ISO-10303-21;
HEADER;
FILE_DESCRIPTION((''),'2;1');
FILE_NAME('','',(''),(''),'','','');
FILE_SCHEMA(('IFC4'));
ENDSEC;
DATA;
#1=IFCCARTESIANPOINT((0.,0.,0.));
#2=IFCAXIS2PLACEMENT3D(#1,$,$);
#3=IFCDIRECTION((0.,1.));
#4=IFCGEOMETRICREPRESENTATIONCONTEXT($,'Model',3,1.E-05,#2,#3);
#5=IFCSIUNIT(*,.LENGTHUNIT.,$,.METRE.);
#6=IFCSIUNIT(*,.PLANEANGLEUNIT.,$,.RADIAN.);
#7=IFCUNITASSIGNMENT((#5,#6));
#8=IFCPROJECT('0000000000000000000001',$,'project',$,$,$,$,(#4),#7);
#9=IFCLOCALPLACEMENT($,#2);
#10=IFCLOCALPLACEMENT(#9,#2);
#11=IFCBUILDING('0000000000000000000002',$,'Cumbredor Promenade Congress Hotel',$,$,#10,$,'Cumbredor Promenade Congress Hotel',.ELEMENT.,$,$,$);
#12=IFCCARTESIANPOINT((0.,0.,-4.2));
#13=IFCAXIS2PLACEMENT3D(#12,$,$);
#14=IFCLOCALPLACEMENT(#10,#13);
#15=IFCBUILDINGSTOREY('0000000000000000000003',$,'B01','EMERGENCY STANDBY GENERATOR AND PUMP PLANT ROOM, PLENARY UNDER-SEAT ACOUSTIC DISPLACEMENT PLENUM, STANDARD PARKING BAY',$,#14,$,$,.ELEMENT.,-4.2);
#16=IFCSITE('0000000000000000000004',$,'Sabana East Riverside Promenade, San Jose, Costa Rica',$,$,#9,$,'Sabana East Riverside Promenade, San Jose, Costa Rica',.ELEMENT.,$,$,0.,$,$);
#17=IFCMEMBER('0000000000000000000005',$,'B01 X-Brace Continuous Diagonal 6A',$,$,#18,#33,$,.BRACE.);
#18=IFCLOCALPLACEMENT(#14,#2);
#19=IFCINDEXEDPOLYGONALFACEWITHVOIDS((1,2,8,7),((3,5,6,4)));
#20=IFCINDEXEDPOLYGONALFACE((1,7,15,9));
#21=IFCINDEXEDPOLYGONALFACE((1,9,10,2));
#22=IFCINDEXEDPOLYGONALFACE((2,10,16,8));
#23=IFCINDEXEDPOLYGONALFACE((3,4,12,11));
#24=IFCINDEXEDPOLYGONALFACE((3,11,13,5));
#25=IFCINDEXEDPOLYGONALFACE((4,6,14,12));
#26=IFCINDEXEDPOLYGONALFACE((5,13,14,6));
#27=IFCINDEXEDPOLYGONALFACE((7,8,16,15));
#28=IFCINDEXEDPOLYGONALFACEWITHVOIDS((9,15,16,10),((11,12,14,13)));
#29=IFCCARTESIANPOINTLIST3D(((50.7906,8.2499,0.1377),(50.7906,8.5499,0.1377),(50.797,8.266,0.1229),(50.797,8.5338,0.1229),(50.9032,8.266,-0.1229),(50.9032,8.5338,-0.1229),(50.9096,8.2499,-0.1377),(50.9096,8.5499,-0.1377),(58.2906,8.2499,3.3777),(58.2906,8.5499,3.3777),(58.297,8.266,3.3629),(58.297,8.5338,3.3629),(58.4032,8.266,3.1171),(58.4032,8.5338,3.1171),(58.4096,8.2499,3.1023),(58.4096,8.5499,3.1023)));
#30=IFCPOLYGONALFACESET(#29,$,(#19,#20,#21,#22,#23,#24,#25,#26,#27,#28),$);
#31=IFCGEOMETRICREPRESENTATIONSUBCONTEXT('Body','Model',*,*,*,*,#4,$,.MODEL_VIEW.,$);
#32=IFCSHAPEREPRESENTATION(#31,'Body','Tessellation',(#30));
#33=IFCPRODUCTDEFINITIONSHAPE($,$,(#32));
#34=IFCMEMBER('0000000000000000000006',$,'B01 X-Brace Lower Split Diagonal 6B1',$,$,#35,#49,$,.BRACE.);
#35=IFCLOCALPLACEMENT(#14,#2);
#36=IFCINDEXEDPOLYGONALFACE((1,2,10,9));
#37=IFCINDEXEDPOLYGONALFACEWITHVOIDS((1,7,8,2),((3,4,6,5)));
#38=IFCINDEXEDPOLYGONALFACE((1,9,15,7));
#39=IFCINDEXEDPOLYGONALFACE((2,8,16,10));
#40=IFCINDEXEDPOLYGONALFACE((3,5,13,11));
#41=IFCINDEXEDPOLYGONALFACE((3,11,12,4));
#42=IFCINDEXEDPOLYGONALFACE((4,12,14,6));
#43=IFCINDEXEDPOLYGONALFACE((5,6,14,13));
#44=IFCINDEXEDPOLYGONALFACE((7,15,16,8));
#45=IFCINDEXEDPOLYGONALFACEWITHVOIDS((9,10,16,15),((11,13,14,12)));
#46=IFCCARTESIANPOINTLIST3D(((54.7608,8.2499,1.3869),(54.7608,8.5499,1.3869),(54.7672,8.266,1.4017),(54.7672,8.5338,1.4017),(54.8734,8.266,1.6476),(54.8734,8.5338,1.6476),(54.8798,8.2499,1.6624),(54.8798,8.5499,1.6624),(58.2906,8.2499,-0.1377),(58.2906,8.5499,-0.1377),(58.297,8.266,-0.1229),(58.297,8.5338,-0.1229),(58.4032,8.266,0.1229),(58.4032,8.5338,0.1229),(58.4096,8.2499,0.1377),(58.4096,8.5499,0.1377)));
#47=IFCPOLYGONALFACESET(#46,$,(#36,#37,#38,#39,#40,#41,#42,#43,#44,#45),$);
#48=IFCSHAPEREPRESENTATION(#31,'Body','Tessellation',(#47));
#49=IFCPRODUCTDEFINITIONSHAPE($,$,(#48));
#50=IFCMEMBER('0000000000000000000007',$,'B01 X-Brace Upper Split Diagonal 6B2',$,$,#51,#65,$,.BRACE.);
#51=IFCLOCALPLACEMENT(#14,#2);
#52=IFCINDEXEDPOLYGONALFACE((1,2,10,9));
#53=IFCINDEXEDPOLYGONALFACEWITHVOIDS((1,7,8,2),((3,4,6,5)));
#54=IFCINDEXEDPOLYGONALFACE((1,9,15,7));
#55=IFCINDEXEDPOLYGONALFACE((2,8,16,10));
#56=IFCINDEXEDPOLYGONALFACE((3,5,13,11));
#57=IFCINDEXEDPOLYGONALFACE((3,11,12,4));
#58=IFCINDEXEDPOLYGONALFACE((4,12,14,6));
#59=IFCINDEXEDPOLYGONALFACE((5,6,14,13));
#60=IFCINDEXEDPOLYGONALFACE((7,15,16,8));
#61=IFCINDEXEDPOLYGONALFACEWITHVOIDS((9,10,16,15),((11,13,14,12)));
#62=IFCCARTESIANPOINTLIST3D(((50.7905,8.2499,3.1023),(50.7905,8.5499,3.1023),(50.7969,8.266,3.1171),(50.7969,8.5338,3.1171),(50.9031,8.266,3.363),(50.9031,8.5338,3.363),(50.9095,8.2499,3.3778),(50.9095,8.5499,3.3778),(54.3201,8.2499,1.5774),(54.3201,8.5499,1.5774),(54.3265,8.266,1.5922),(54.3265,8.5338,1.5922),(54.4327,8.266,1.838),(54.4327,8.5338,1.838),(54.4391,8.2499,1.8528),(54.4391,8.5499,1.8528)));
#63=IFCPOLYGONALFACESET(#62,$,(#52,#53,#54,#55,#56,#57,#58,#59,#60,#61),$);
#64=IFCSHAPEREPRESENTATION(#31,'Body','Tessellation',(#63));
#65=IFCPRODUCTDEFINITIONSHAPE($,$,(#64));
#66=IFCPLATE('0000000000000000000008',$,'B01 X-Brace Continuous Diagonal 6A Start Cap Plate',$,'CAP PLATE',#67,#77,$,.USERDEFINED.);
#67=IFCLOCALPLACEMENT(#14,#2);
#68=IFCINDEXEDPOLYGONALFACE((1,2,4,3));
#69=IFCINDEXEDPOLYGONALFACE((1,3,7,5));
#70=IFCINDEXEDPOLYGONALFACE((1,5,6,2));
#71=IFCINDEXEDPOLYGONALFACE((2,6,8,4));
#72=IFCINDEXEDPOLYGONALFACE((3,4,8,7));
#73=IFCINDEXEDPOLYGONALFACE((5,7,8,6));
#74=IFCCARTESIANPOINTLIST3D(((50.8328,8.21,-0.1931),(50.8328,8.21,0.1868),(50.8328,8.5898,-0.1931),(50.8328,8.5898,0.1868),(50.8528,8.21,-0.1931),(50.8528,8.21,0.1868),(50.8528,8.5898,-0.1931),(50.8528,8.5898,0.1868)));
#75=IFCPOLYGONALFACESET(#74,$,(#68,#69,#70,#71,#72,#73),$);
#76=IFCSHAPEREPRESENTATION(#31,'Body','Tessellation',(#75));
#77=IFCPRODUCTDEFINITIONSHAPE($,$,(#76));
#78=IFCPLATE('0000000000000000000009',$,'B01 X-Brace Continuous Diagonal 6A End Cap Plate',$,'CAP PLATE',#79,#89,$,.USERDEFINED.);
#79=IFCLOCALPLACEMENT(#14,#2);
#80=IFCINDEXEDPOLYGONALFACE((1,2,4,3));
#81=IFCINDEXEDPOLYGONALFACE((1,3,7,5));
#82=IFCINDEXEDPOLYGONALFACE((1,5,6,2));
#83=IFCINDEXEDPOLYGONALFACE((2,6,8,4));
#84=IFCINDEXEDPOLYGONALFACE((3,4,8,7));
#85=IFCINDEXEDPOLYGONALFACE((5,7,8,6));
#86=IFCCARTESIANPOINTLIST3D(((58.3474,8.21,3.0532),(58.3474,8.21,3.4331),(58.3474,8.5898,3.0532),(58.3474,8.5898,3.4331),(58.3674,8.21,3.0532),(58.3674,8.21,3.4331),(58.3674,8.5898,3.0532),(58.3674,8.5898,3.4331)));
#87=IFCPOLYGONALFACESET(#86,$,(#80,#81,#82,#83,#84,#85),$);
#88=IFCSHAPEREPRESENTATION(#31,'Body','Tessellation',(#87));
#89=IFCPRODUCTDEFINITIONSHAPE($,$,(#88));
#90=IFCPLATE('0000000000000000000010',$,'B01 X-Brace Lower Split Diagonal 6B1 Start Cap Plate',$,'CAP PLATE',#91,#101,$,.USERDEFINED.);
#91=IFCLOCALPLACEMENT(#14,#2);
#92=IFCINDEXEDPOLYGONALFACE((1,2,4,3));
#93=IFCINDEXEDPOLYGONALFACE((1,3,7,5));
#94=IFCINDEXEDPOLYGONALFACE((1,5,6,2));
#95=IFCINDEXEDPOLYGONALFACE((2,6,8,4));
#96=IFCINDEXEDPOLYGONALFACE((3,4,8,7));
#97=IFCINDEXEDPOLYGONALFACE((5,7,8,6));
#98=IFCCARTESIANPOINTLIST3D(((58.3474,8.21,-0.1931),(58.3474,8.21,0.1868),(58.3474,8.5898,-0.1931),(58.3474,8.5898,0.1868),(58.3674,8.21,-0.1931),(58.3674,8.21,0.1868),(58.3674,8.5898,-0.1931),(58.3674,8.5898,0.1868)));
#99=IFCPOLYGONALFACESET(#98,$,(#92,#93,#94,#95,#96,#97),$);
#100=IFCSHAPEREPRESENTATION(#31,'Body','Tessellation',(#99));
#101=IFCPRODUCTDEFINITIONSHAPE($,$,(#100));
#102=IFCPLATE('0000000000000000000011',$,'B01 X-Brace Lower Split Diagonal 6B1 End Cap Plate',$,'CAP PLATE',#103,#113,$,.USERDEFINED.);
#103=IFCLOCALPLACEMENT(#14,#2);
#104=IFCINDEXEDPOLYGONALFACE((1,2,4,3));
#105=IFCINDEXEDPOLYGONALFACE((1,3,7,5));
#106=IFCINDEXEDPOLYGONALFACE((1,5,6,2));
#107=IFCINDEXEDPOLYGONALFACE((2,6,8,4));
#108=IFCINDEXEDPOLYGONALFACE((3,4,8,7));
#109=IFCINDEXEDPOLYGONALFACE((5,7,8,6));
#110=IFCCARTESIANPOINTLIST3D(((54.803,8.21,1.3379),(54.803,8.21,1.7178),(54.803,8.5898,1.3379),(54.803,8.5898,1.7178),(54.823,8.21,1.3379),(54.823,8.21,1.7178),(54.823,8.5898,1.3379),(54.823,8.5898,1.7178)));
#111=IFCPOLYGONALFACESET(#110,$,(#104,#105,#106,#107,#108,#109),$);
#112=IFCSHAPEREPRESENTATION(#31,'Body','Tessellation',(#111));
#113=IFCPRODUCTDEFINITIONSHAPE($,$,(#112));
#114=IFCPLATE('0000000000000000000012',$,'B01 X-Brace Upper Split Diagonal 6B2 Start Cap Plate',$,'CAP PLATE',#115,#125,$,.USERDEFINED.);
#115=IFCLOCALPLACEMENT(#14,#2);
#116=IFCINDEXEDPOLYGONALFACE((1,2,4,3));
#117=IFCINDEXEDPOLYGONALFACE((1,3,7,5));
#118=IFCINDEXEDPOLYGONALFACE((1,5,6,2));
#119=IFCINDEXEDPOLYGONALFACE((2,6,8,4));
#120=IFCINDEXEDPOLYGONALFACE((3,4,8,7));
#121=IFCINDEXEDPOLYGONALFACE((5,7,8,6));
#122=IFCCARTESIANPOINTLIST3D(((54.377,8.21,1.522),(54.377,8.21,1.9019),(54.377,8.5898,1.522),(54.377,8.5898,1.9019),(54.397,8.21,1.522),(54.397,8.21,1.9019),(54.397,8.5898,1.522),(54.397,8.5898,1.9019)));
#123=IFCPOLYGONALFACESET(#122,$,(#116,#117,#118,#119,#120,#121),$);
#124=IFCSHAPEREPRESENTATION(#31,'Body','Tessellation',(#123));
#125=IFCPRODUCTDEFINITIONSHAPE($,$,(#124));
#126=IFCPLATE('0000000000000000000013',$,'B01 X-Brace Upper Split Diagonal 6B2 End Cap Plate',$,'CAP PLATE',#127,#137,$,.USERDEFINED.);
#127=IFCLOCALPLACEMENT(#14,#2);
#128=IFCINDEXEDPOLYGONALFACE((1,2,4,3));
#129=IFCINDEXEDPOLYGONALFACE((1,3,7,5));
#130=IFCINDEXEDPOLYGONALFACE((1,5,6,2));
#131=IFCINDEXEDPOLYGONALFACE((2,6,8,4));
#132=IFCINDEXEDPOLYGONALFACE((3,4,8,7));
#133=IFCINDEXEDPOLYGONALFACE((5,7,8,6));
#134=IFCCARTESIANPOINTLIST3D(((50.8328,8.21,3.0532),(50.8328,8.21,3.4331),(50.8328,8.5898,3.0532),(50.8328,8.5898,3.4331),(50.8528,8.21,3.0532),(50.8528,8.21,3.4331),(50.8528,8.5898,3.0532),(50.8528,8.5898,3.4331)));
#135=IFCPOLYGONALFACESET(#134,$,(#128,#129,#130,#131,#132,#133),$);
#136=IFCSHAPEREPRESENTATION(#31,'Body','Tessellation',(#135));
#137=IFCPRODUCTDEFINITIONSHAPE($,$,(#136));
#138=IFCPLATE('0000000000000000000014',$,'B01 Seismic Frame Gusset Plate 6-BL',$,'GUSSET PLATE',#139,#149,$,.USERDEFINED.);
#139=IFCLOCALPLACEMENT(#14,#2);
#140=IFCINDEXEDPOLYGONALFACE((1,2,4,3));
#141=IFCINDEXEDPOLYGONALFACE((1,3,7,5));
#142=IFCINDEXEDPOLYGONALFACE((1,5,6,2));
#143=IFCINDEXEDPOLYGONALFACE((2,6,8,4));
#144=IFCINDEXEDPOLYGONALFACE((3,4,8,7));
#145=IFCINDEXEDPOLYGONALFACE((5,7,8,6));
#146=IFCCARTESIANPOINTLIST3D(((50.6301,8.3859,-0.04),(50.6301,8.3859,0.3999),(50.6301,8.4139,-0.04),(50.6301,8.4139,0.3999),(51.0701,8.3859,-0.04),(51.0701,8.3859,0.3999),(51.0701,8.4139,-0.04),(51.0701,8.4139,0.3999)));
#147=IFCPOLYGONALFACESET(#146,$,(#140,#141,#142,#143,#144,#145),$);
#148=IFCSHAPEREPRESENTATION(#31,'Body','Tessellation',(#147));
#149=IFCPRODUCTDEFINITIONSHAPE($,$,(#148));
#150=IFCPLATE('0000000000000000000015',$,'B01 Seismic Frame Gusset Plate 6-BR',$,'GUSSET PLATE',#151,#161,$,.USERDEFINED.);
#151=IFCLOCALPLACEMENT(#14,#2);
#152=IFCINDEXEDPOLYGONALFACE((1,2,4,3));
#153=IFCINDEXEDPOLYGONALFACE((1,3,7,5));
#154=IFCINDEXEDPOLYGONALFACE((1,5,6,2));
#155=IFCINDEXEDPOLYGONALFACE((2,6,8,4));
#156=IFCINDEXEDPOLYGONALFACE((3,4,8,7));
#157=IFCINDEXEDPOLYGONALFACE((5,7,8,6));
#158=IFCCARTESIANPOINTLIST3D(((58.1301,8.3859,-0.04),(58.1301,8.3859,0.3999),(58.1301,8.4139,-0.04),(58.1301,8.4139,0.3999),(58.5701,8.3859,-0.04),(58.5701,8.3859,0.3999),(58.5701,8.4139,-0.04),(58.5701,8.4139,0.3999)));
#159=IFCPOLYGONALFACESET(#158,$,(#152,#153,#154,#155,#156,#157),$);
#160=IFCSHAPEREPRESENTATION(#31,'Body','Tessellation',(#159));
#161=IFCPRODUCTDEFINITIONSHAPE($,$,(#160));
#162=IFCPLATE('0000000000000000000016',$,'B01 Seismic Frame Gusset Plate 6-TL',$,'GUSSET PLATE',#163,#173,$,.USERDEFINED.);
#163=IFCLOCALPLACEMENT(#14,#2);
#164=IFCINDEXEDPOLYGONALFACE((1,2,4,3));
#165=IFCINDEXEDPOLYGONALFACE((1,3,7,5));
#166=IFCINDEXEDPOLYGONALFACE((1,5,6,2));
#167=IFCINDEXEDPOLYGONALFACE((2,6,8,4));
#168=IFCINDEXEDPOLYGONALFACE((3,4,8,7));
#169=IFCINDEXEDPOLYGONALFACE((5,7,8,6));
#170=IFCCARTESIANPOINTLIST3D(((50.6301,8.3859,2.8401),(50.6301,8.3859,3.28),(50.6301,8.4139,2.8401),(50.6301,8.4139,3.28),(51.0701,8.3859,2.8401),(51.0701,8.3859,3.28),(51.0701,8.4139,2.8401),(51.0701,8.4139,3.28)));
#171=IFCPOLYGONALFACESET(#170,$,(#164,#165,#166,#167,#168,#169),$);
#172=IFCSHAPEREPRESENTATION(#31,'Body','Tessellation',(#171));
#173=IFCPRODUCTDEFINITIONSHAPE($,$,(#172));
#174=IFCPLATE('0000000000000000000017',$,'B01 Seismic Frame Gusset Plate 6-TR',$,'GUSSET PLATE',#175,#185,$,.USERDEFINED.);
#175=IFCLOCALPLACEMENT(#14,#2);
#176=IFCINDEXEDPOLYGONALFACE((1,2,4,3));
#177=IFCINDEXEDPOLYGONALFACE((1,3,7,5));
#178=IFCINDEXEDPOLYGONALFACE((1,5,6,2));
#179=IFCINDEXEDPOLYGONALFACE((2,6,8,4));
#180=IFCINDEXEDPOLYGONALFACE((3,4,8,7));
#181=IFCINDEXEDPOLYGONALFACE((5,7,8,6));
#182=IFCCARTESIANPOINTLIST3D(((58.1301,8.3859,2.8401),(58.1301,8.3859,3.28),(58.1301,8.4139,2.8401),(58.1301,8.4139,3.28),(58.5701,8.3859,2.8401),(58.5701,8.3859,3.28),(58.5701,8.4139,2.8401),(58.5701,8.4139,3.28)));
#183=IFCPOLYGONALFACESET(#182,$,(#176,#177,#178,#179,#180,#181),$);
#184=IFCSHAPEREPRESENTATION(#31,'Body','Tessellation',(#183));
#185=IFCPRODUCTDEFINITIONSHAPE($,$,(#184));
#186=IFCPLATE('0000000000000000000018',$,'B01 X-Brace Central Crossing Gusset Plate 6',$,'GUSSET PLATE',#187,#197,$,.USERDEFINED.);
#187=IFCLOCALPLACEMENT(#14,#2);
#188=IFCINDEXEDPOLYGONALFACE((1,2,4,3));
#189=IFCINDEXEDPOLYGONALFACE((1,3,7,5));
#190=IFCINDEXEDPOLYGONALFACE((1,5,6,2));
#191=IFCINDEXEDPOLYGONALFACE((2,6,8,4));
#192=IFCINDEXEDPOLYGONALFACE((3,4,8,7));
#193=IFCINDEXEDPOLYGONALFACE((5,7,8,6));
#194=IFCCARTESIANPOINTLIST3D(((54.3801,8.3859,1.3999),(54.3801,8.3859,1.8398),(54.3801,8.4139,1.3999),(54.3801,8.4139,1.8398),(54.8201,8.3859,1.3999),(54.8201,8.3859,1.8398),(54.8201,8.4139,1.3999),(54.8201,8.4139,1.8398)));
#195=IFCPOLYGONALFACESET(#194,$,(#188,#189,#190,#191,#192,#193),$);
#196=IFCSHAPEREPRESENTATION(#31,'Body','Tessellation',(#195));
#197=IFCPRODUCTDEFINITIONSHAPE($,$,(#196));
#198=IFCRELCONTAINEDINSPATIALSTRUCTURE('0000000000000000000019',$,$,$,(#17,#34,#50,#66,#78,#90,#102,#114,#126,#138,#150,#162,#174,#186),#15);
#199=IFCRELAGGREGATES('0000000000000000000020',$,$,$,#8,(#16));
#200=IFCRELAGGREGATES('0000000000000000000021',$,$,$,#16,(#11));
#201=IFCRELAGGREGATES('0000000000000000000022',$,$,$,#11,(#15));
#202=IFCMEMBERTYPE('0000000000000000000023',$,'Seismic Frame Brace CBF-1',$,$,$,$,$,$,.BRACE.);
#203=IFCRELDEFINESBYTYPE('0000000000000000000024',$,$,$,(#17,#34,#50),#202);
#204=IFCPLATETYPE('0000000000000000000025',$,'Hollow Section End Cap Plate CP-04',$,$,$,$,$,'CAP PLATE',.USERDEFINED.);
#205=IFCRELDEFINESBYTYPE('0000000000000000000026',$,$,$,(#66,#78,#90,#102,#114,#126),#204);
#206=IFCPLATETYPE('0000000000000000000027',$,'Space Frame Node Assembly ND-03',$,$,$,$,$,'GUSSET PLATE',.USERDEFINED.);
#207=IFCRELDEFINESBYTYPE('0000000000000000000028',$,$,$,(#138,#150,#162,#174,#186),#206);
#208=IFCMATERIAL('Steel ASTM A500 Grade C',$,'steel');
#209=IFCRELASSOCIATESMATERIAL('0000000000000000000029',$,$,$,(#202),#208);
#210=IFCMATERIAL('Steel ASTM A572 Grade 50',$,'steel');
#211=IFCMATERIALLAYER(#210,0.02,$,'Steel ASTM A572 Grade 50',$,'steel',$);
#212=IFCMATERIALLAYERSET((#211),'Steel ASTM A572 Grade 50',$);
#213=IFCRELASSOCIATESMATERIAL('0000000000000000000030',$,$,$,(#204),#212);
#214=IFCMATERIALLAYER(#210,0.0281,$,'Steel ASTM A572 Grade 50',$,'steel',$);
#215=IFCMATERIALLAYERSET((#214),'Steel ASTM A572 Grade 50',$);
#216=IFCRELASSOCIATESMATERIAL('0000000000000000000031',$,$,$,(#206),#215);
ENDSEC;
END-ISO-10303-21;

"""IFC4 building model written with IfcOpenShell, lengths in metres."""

from ifc_helpers import new_model, si_unit, direction, frame, origin, origin_2d, place, context, subcontext, project, spatial, rectangle, hollow_rectangle, extrude, material, layer, layer_set, material_profile, profile_set, type_object, element, save


model = new_model("IFC4")

# Units and contexts
model_context = context("Model", 3, precision=1e-05, world=origin(), true_north=direction((0.0, 1.0)))
body_context = subcontext(model_context, "Body", "Model", "MODEL_VIEW")
ifc_project = project(units=[si_unit("LENGTHUNIT", "METRE"), si_unit("PLANEANGLEUNIT", "RADIAN")], contexts=[model_context])

# Site, building, storey
site_placement = place(None, origin())
site = spatial("IfcSite", under=ifc_project, at=site_placement, Name="Sabana East Riverside Promenade, San Jose, Costa Rica", LongName="Sabana East Riverside Promenade, San Jose, Costa Rica", CompositionType="ELEMENT", RefElevation=0.0)
building_placement = place(site_placement, origin())
building = spatial("IfcBuilding", under=site, at=building_placement, Name="Cumbredor Promenade Congress Hotel", LongName="Cumbredor Promenade Congress Hotel", CompositionType="ELEMENT")
storey_placement = place(building_placement, frame((0.0, 0.0, -4.2)))
storey = spatial("IfcBuildingStorey", under=building, at=storey_placement, Name="B01", Description="EMERGENCY STANDBY GENERATOR AND PUMP PLANT ROOM, PLENARY UNDER-SEAT ACOUSTIC DISPLACEMENT PLENUM, STANDARD PARKING BAY", CompositionType="ELEMENT", Elevation=-4.2)

# Members
ifc_material_1 = material(Name="Steel ASTM A500 Grade C", Category="steel")
ifc_material_profile_1 = material_profile(ifc_material_1, hollow_rectangle(XDim=0.3, YDim=0.3, WallThickness=0.0161, at=origin_2d()), Name="HSS 300x300x16")
ifc_profile_set_1 = profile_set([ifc_material_profile_1], Name="Steel ASTM A500 Grade C")
member_type = type_object("IfcMemberType", Name="Seismic Frame Brace CBF-1", PredefinedType="BRACE", material=ifc_profile_set_1)
member_placement = place(storey_placement, frame((50.8501, 8.3999, 0.0), z_axis=(0.918002, 0.0, 0.396576), x_axis=(0.0, 1.0, 0.0)))
element("IfcMember", 1, at=member_placement, inside=storey, type_object=member_type, Name="B01 X-Brace Continuous Diagonal 6A", PredefinedType="BRACE", context=body_context, shape_type="SweptSolid", body=[
    extrude(hollow_rectangle(XDim=0.3, YDim=0.3, WallThickness=0.0161, at=origin_2d()), origin(), (0.0, 0.0, 1.0), 8.1699),
])
for number, where, z_axis, x_axis, name in (
    (2, (58.3501, 8.3999, 0.0), (-0.918021, 0.0, 0.396531), (0.0, -1.0, 0.0), "B01 X-Brace Lower Split Diagonal 6B1"),
    (3, (54.3796, 8.3999, 1.7151), (-0.917988, 0.0, 0.396608), (0.0, -1.0, 0.0), "B01 X-Brace Upper Split Diagonal 6B2"),
):
    element("IfcMember", number, at=place(storey_placement, frame(where, z_axis=z_axis, x_axis=x_axis)), inside=storey, type_object=member_type, Name=name, PredefinedType="BRACE", context=body_context, shape_type="SweptSolid", body=[
        extrude(hollow_rectangle(XDim=0.3, YDim=0.3, WallThickness=0.0161, at=origin_2d()), origin(), (0.0, 0.0, 1.0), 3.845),
    ])

# Plates
ifc_material_2 = material(Name="Steel ASTM A572 Grade 50", Category="steel")
ifc_layer_1 = layer(ifc_material_2, 0.02, Name="Steel ASTM A572 Grade 50", Category="steel")
ifc_layer_set_1 = layer_set([ifc_layer_1], Name="Steel ASTM A572 Grade 50")
plate_type_1 = type_object("IfcPlateType", Name="Hollow Section End Cap Plate CP-04", ElementType="CAP PLATE", PredefinedType="USERDEFINED", material=ifc_layer_set_1)
for number, where, z_axis, x_axis, name in (
    (4, (50.8428, 8.3999, -0.1931), (0.0, 0.0, 1.0), (1.0, 0.0, 0.0), "B01 X-Brace Continuous Diagonal 6A Start Cap Plate"),
    (5, (58.3574, 8.3999, 3.0532), (0.0, 0.0, 1.0), (1.0, 0.0, 0.0), "B01 X-Brace Continuous Diagonal 6A End Cap Plate"),
    (6, (58.3574, 8.3999, -0.1931), (0.0, 0.0, 1.0), (-1.0, 0.0, 0.0), "B01 X-Brace Lower Split Diagonal 6B1 Start Cap Plate"),
    (7, (54.813, 8.3999, 1.3379), (0.0, 0.0, 1.0), (-1.0, 0.0, 0.0), "B01 X-Brace Lower Split Diagonal 6B1 End Cap Plate"),
    (8, (54.387, 8.3999, 1.522), (0.0, 0.0, 1.0), (-1.0, 0.0, 0.0), "B01 X-Brace Upper Split Diagonal 6B2 Start Cap Plate"),
    (9, (50.8428, 8.3999, 3.0532), (0.0, 0.0, 1.0), (-1.0, 0.0, 0.0), "B01 X-Brace Upper Split Diagonal 6B2 End Cap Plate"),
):
    element("IfcPlate", number, at=place(storey_placement, frame(where, z_axis=z_axis, x_axis=x_axis)), inside=storey, type_object=plate_type_1, Name=name, ObjectType="CAP PLATE", PredefinedType="USERDEFINED", context=body_context, shape_type="SweptSolid", body=[
        extrude(rectangle(XDim=0.02, YDim=0.3799, at=origin_2d()), origin(), (0.0, 0.0, 1.0), 0.3799),
    ])
ifc_layer_2 = layer(ifc_material_2, 0.0281, Name="Steel ASTM A572 Grade 50", Category="steel")
ifc_layer_set_2 = layer_set([ifc_layer_2], Name="Steel ASTM A572 Grade 50")
plate_type_2 = type_object("IfcPlateType", Name="Space Frame Node Assembly ND-03", ElementType="GUSSET PLATE", PredefinedType="USERDEFINED", material=ifc_layer_set_2)
for number, where, z_axis, x_axis, name in (
    (10, (50.8501, 8.3999, -0.04), (0.0, 0.0, 1.0), (1.0, 0.0, 0.0), "B01 Seismic Frame Gusset Plate 6-BL"),
    (11, (58.3501, 8.3999, -0.04), (0.0, 0.0, 1.0), (1.0, 0.0, 0.0), "B01 Seismic Frame Gusset Plate 6-BR"),
    (12, (50.8501, 8.3999, 2.8401), (0.0, 0.0, 1.0), (1.0, 0.0, 0.0), "B01 Seismic Frame Gusset Plate 6-TL"),
    (13, (58.3501, 8.3999, 2.8401), (0.0, 0.0, 1.0), (1.0, 0.0, 0.0), "B01 Seismic Frame Gusset Plate 6-TR"),
    (14, (54.6001, 8.3999, 1.3999), (0.0, 0.0, 1.0), (1.0, 0.0, 0.0), "B01 X-Brace Central Crossing Gusset Plate 6"),
):
    element("IfcPlate", number, at=place(storey_placement, frame(where, z_axis=z_axis, x_axis=x_axis)), inside=storey, type_object=plate_type_2, Name=name, ObjectType="GUSSET PLATE", PredefinedType="USERDEFINED", context=body_context, shape_type="SweptSolid", body=[
        extrude(rectangle(XDim=0.4399, YDim=0.0281, at=origin_2d()), origin(), (0.0, 0.0, 1.0), 0.4399),
    ])

save(model, "model.ifc")
